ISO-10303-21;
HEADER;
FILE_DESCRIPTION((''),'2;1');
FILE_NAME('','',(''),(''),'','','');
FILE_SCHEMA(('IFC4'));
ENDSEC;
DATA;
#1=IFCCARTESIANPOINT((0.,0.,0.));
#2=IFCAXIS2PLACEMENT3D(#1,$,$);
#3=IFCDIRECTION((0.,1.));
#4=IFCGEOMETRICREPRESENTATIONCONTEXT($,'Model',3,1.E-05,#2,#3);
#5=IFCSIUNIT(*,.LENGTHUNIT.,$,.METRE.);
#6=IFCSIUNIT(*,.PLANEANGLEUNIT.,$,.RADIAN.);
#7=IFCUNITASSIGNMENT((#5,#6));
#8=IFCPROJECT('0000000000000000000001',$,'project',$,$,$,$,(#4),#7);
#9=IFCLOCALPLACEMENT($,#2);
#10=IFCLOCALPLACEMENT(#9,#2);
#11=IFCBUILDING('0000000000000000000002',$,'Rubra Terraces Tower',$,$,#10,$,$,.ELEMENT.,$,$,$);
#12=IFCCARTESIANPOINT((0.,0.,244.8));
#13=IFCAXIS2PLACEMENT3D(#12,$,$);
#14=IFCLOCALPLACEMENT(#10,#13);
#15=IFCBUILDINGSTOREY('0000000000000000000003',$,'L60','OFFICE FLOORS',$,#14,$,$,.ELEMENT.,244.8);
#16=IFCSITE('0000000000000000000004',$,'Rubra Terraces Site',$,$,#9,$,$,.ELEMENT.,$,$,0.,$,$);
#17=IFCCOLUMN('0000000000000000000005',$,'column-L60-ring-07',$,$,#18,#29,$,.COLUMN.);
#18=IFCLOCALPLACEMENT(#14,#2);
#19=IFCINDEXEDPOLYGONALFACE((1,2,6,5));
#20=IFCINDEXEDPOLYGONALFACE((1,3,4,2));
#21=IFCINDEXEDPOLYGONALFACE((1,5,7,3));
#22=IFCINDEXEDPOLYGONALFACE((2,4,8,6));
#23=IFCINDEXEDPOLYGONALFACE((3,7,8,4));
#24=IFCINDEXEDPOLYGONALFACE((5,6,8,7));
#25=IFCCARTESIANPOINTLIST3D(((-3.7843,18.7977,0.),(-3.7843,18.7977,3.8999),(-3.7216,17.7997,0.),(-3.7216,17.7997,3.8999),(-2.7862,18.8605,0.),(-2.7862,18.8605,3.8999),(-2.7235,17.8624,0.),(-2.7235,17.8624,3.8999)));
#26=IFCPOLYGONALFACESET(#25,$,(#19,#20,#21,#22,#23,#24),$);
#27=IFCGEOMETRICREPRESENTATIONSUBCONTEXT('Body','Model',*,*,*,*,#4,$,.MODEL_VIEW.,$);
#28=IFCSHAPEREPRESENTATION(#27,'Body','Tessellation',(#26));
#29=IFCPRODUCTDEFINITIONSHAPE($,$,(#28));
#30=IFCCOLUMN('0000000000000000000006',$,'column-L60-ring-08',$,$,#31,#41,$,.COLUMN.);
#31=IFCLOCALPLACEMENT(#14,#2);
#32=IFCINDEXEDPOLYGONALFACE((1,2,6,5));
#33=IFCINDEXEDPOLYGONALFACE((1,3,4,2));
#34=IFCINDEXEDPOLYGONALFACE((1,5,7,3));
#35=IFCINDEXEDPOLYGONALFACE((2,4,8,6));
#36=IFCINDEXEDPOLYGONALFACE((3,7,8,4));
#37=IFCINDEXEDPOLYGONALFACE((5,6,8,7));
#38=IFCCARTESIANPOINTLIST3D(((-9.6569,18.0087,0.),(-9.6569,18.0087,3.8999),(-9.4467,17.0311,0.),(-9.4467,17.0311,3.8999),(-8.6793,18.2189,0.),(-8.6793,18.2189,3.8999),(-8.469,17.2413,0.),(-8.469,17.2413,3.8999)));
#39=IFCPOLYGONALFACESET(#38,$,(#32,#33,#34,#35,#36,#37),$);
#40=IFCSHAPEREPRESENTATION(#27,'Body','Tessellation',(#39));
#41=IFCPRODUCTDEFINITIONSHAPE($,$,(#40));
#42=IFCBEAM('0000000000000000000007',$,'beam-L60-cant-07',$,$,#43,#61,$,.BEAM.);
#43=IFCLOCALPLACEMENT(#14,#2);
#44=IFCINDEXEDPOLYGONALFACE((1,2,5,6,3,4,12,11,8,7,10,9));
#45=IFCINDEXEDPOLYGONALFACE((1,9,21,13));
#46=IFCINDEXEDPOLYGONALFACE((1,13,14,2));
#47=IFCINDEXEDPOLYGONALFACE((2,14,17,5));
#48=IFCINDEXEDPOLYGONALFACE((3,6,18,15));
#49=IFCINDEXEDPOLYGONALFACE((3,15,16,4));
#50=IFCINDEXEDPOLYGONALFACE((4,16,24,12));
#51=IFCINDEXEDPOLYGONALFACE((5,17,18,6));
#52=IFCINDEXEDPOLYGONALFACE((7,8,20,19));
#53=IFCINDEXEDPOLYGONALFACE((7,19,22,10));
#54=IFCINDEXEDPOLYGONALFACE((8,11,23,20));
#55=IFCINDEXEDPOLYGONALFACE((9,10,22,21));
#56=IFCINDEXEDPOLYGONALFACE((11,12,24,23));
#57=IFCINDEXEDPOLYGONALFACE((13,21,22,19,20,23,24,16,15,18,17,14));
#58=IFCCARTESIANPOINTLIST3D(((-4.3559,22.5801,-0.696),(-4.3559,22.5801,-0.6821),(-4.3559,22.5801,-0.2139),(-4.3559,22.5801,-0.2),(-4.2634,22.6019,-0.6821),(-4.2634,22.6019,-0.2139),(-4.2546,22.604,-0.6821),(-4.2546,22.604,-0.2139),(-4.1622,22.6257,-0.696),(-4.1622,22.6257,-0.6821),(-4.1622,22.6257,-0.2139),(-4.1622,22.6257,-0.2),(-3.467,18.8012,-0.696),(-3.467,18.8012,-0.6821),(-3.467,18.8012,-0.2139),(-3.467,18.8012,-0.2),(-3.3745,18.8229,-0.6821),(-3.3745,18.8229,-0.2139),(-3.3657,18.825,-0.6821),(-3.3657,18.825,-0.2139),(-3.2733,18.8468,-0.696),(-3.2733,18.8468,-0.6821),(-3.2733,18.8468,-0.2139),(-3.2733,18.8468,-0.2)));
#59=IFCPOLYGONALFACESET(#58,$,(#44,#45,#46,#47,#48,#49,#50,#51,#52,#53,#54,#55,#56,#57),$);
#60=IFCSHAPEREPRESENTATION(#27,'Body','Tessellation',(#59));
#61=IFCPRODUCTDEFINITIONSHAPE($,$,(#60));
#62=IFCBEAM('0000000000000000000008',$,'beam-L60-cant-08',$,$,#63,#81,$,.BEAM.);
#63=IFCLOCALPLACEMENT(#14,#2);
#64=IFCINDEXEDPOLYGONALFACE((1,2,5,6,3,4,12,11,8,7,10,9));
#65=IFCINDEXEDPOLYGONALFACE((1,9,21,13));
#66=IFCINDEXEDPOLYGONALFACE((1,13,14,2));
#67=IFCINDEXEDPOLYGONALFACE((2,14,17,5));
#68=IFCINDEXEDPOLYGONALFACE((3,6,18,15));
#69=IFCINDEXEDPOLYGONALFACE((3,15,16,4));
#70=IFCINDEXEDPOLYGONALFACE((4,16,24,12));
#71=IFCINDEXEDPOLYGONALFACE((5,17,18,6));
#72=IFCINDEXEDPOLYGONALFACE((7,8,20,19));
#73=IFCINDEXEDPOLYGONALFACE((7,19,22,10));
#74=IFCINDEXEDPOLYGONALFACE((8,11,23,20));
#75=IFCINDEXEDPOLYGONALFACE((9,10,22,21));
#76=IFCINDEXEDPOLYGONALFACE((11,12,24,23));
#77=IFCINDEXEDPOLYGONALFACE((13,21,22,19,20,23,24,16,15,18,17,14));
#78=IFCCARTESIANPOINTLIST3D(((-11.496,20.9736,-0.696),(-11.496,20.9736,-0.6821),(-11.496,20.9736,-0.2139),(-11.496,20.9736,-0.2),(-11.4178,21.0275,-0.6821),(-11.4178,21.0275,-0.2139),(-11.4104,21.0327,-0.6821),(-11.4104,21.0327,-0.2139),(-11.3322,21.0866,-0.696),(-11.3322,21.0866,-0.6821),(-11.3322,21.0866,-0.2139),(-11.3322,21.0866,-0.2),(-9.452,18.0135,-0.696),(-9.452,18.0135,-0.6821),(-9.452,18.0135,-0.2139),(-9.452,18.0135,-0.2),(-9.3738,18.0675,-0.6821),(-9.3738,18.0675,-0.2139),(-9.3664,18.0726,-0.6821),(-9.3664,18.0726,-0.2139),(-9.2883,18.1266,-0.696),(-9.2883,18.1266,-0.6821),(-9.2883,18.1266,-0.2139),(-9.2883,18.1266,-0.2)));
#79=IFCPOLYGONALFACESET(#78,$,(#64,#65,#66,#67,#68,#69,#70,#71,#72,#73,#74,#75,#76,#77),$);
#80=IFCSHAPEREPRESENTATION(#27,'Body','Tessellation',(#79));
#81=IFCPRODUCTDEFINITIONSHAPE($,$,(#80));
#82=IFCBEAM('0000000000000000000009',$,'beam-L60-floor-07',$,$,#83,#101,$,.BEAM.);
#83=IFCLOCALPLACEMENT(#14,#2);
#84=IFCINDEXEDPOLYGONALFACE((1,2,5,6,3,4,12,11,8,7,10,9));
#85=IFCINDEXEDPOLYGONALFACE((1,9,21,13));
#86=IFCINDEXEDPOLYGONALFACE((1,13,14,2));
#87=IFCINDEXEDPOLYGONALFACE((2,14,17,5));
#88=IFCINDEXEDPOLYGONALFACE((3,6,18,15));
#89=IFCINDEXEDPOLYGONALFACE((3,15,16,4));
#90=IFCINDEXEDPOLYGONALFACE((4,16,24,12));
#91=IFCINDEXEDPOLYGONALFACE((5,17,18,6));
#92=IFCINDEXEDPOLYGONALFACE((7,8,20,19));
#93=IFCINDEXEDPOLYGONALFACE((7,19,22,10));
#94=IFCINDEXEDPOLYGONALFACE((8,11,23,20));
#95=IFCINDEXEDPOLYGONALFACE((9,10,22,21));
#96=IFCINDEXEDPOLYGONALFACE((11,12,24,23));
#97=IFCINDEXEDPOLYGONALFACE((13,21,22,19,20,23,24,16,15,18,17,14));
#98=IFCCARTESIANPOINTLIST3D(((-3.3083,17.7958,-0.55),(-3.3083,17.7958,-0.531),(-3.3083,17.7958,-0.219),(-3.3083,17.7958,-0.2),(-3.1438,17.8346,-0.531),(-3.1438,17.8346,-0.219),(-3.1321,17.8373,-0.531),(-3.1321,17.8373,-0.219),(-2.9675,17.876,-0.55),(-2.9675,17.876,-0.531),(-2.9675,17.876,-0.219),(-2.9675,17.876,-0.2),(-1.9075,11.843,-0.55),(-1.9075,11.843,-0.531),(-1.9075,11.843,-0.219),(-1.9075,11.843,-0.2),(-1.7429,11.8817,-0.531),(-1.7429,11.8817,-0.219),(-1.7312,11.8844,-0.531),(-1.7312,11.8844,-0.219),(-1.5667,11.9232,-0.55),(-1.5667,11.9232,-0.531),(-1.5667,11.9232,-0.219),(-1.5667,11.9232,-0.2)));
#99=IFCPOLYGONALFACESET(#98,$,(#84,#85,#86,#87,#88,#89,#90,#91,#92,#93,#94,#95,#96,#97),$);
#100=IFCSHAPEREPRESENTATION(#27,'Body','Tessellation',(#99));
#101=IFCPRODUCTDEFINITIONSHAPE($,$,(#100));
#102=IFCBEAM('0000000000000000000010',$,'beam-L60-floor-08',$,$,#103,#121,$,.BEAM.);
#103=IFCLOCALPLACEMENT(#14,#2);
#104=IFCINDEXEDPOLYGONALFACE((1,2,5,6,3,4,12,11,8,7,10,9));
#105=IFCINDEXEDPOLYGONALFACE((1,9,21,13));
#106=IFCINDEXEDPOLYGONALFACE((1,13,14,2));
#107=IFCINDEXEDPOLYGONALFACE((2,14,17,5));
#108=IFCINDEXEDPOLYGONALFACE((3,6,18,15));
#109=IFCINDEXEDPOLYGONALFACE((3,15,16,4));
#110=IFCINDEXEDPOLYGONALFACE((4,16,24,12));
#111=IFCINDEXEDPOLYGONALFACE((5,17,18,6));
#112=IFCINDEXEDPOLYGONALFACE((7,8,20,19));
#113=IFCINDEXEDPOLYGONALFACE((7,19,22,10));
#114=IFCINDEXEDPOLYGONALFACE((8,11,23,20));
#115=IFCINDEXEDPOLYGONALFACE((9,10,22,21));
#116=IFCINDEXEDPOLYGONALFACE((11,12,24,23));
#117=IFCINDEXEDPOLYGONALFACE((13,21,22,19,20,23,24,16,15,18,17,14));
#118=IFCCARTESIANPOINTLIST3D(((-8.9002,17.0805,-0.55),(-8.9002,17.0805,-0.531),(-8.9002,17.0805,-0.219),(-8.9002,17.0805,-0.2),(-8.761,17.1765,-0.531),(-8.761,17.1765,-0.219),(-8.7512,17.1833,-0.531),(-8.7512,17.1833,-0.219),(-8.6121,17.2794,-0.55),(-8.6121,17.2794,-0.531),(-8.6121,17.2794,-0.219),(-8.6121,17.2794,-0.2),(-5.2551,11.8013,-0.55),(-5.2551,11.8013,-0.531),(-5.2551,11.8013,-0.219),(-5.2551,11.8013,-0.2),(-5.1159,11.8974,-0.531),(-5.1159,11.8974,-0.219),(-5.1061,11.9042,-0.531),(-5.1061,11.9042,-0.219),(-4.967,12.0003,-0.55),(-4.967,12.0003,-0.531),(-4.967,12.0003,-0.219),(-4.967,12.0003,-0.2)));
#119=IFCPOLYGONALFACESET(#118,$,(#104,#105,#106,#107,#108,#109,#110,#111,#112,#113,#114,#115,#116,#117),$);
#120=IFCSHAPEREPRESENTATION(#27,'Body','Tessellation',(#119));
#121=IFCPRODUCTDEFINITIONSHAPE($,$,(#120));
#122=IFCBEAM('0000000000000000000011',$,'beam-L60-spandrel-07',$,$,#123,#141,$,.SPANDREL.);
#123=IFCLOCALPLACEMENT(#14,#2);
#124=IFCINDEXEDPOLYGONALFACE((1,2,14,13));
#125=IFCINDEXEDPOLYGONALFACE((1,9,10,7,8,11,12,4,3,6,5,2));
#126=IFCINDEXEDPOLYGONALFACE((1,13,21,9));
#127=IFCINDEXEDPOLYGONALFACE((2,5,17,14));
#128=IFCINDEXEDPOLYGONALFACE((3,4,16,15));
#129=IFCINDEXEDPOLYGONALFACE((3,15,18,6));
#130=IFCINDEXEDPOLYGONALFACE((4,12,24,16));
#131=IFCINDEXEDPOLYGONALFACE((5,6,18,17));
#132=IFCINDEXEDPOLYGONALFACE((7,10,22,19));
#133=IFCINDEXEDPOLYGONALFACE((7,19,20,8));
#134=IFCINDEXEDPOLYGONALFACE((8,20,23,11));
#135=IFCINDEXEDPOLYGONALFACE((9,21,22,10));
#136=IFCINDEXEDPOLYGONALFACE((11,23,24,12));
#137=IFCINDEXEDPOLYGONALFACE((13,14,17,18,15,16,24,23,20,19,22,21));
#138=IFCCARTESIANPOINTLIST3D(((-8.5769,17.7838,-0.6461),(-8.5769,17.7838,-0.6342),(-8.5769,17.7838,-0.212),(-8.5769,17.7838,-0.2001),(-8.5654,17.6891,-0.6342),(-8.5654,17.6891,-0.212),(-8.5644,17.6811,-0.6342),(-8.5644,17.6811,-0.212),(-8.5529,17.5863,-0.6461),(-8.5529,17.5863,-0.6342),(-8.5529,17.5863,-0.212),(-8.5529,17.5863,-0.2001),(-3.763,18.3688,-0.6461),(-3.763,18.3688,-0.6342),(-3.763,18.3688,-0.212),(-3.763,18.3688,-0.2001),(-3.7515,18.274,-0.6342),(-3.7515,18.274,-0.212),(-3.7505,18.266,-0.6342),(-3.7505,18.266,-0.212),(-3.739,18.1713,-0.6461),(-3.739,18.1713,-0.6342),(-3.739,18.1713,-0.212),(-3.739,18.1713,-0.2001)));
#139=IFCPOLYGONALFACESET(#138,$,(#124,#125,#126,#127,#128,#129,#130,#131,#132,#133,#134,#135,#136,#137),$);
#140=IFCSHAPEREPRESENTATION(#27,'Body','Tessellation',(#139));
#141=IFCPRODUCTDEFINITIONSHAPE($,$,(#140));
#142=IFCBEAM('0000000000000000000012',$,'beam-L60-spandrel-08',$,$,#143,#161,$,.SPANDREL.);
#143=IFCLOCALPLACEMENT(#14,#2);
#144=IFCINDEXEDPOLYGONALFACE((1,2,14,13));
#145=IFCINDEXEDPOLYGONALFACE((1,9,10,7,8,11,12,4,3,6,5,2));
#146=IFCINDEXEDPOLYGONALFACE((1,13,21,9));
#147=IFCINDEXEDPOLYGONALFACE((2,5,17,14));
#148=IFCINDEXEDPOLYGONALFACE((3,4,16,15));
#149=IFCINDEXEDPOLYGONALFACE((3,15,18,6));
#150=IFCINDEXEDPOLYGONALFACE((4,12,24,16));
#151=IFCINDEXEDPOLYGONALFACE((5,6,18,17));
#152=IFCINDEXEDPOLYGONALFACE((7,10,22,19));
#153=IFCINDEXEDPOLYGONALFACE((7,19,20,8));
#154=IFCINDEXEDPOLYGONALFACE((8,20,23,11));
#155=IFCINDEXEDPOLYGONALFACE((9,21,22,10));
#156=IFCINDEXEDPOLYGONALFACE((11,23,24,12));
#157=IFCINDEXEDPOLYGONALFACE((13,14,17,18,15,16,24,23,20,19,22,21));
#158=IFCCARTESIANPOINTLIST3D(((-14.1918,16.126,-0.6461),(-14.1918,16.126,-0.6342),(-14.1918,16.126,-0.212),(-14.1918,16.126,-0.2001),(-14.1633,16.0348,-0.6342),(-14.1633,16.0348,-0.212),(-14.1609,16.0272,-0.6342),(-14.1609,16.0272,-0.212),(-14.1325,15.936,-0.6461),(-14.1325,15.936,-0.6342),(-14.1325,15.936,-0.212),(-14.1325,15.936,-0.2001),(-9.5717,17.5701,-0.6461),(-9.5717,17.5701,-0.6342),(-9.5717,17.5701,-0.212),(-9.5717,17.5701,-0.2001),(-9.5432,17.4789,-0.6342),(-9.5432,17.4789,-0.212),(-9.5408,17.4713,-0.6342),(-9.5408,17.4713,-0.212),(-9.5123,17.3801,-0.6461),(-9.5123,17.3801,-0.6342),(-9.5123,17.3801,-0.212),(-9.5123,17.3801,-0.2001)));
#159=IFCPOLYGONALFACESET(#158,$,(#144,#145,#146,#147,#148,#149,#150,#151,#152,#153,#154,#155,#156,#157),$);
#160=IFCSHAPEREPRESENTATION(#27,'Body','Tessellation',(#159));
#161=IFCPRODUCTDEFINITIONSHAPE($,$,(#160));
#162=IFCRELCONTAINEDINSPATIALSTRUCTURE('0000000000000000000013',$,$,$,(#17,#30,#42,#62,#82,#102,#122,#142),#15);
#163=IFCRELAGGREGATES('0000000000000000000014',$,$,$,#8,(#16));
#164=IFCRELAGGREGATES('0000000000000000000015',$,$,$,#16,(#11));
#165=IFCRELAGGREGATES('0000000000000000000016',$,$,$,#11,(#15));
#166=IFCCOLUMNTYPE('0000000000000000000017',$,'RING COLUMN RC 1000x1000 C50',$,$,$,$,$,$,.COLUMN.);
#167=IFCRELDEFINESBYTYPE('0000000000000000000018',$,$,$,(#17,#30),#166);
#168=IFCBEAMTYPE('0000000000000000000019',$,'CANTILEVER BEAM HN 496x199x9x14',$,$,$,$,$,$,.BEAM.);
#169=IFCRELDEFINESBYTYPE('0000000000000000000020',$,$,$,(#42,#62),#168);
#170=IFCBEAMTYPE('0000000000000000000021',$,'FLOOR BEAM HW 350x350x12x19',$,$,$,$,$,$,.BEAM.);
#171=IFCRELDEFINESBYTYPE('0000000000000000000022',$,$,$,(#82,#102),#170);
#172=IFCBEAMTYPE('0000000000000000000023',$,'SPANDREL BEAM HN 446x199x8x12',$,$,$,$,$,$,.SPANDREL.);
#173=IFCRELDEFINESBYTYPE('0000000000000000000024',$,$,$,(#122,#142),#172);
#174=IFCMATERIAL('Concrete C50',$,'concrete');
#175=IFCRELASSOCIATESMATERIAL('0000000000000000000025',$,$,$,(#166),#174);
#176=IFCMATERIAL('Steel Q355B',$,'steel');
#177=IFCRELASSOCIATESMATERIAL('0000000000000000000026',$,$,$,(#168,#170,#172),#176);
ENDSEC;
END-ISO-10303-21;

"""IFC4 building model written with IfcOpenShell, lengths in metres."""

from ifc_helpers import new_model, si_unit, direction, frame, origin, origin_2d, place, context, subcontext, project, spatial, rectangle, i_section, extrude, material, material_profile, profile_set, type_object, element, save


model = new_model("IFC4")

# Units and contexts
model_context = context("Model", 3, precision=1e-05, world=origin(), true_north=direction((0.0, 1.0)))
body_context = subcontext(model_context, "Body", "Model", "MODEL_VIEW")
ifc_project = project(units=[si_unit("LENGTHUNIT", "METRE"), si_unit("PLANEANGLEUNIT", "RADIAN")], contexts=[model_context])

# Site, building, storey
site_placement = place(None, origin())
site = spatial("IfcSite", under=ifc_project, at=site_placement, Name="Rubra Terraces Site", CompositionType="ELEMENT", RefElevation=0.0)
building_placement = place(site_placement, origin())
building = spatial("IfcBuilding", under=site, at=building_placement, Name="Rubra Terraces Tower", CompositionType="ELEMENT")
storey_placement = place(building_placement, frame((0.0, 0.0, 244.8)))
storey = spatial("IfcBuildingStorey", under=building, at=storey_placement, Name="L60", Description="OFFICE FLOORS", CompositionType="ELEMENT", Elevation=244.8)

# Columns
ifc_material_1 = material(Name="Concrete C50", Category="concrete")
ifc_material_profile_1 = material_profile(ifc_material_1, rectangle(XDim=1.0, YDim=1.0, at=origin_2d()), Name="RC 1000x1000")
ifc_profile_set_1 = profile_set([ifc_material_profile_1], Name="Concrete C50")
column_type = type_object("IfcColumnType", Name="RING COLUMN RC 1000x1000 C50", PredefinedType="COLUMN", material=ifc_profile_set_1)
for number, where, z_axis, x_axis, name in (
    (1, (-3.2539, 18.3301, 0.0), (0.0, 0.0, 1.0), (-0.998032, -0.062714, 0.0), "column-L60-ring-07"),
    (2, (-9.063, 17.625, 0.0), (0.0, 0.0, 1.0), (-0.977653, -0.210227, 0.0), "column-L60-ring-08"),
):
    element("IfcColumn", number, at=place(storey_placement, frame(where, z_axis=z_axis, x_axis=x_axis)), inside=storey, type_object=column_type, Name=name, PredefinedType="COLUMN", context=body_context, shape_type="SweptSolid", body=[
        extrude(rectangle(XDim=1.0, YDim=1.0, at=origin_2d()), origin(), (0.0, 0.0, 1.0), 3.8999),
    ])

# Beams
ifc_material_2 = material(Name="Steel Q355B", Category="steel")
ifc_material_profile_2 = material_profile(ifc_material_2, i_section(OverallWidth=0.199, OverallDepth=0.4961, WebThickness=0.009, FlangeThickness=0.0139, at=origin_2d()), Name="HN 496x199x9x14")
ifc_profile_set_2 = profile_set([ifc_material_profile_2], Name="Steel Q355B")
beam_type_1 = type_object("IfcBeamType", Name="CANTILEVER BEAM HN 496x199x9x14", PredefinedType="BEAM", material=ifc_profile_set_2)
beam_1_placement = place(storey_placement, frame((-3.3701, 18.824, -0.448), z_axis=(-0.228973, 0.973433, 0.0), x_axis=(-0.973433, -0.228973, 0.0)))
element("IfcBeam", 3, at=beam_1_placement, inside=storey, type_object=beam_type_1, Name="beam-L60-cant-07", PredefinedType="BEAM", context=body_context, shape_type="SweptSolid", body=[
    extrude(i_section(OverallWidth=0.199, OverallDepth=0.4961, WebThickness=0.009, FlangeThickness=0.0139, at=origin_2d()), origin(), (0.0, 0.0, 1.0), 3.8821),
])
beam_2_placement = place(storey_placement, frame((-9.3701, 18.0701, -0.448), z_axis=(-0.568221, 0.822876, 0.0), x_axis=(-0.822876, -0.568221, 0.0)))
element("IfcBeam", 4, at=beam_2_placement, inside=storey, type_object=beam_type_1, Name="beam-L60-cant-08", PredefinedType="BEAM", context=body_context, shape_type="SweptSolid", body=[
    extrude(i_section(OverallWidth=0.199, OverallDepth=0.4961, WebThickness=0.009, FlangeThickness=0.0139, at=origin_2d()), origin(), (0.0, 0.0, 1.0), 3.5972),
])
ifc_material_profile_3 = material_profile(ifc_material_2, i_section(OverallWidth=0.3501, OverallDepth=0.3501, WebThickness=0.012, FlangeThickness=0.019, at=origin_2d()), Name="HW 350x350x12x19")
ifc_profile_set_3 = profile_set([ifc_material_profile_3], Name="Steel Q355B")
beam_type_2 = type_object("IfcBeamType", Name="FLOOR BEAM HW 350x350x12x19", PredefinedType="BEAM", material=ifc_profile_set_3)
beam_3_placement = place(storey_placement, frame((-3.1379, 17.8359, -0.375), z_axis=(0.22907, -0.97341, 0.0), x_axis=(0.97341, 0.22907, 0.0)))
element("IfcBeam", 5, at=beam_3_placement, inside=storey, type_object=beam_type_2, Name="beam-L60-floor-07", PredefinedType="BEAM", context=body_context, shape_type="SweptSolid", body=[
    extrude(i_section(OverallWidth=0.3501, OverallDepth=0.3501, WebThickness=0.012, FlangeThickness=0.019, at=origin_2d()), origin(), (0.0, 0.0, 1.0), 6.1155),
])
beam_4_placement = place(storey_placement, frame((-8.7561, 17.1799, -0.375), z_axis=(0.568186, -0.8229, 0.0), x_axis=(0.8229, 0.568186, 0.0)))
element("IfcBeam", 6, at=beam_4_placement, inside=storey, type_object=beam_type_2, Name="beam-L60-floor-08", PredefinedType="BEAM", context=body_context, shape_type="SweptSolid", body=[
    extrude(i_section(OverallWidth=0.3501, OverallDepth=0.3501, WebThickness=0.012, FlangeThickness=0.019, at=origin_2d()), origin(), (0.0, 0.0, 1.0), 6.4153),
])
ifc_material_profile_4 = material_profile(ifc_material_2, i_section(OverallWidth=0.199, OverallDepth=0.446, WebThickness=0.0081, FlangeThickness=0.012, at=origin_2d()), Name="HN 446x199x8x12")
ifc_profile_set_4 = profile_set([ifc_material_profile_4], Name="Steel Q355B")
beam_type_3 = type_object("IfcBeamType", Name="SPANDREL BEAM HN 446x199x8x12", PredefinedType="SPANDREL", material=ifc_profile_set_4)
beam_5_placement = place(storey_placement, frame((-3.751, 18.27, -0.4231), z_axis=(-0.992698, -0.120626, 0.0), x_axis=(0.120626, -0.992698, 0.0)))
element("IfcBeam", 7, at=beam_5_placement, inside=storey, type_object=beam_type_3, Name="beam-L60-spandrel-07", PredefinedType="SPANDREL", context=body_context, shape_type="SweptSolid", body=[
    extrude(i_section(OverallWidth=0.199, OverallDepth=0.446, WebThickness=0.0081, FlangeThickness=0.012, at=origin_2d()), origin(), (0.0, 0.0, 1.0), 4.8494),
])
beam_6_placement = place(storey_placement, frame((-9.542, 17.4751, -0.4231), z_axis=(-0.954462, -0.298332, 0.0), x_axis=(0.298332, -0.954462, 0.0)))
element("IfcBeam", 8, at=beam_6_placement, inside=storey, type_object=beam_type_3, Name="beam-L60-spandrel-08", PredefinedType="SPANDREL", context=body_context, shape_type="SweptSolid", body=[
    extrude(i_section(OverallWidth=0.199, OverallDepth=0.446, WebThickness=0.0081, FlangeThickness=0.012, at=origin_2d()), origin(), (0.0, 0.0, 1.0), 4.8406),
])

save(model, "model.ifc")
